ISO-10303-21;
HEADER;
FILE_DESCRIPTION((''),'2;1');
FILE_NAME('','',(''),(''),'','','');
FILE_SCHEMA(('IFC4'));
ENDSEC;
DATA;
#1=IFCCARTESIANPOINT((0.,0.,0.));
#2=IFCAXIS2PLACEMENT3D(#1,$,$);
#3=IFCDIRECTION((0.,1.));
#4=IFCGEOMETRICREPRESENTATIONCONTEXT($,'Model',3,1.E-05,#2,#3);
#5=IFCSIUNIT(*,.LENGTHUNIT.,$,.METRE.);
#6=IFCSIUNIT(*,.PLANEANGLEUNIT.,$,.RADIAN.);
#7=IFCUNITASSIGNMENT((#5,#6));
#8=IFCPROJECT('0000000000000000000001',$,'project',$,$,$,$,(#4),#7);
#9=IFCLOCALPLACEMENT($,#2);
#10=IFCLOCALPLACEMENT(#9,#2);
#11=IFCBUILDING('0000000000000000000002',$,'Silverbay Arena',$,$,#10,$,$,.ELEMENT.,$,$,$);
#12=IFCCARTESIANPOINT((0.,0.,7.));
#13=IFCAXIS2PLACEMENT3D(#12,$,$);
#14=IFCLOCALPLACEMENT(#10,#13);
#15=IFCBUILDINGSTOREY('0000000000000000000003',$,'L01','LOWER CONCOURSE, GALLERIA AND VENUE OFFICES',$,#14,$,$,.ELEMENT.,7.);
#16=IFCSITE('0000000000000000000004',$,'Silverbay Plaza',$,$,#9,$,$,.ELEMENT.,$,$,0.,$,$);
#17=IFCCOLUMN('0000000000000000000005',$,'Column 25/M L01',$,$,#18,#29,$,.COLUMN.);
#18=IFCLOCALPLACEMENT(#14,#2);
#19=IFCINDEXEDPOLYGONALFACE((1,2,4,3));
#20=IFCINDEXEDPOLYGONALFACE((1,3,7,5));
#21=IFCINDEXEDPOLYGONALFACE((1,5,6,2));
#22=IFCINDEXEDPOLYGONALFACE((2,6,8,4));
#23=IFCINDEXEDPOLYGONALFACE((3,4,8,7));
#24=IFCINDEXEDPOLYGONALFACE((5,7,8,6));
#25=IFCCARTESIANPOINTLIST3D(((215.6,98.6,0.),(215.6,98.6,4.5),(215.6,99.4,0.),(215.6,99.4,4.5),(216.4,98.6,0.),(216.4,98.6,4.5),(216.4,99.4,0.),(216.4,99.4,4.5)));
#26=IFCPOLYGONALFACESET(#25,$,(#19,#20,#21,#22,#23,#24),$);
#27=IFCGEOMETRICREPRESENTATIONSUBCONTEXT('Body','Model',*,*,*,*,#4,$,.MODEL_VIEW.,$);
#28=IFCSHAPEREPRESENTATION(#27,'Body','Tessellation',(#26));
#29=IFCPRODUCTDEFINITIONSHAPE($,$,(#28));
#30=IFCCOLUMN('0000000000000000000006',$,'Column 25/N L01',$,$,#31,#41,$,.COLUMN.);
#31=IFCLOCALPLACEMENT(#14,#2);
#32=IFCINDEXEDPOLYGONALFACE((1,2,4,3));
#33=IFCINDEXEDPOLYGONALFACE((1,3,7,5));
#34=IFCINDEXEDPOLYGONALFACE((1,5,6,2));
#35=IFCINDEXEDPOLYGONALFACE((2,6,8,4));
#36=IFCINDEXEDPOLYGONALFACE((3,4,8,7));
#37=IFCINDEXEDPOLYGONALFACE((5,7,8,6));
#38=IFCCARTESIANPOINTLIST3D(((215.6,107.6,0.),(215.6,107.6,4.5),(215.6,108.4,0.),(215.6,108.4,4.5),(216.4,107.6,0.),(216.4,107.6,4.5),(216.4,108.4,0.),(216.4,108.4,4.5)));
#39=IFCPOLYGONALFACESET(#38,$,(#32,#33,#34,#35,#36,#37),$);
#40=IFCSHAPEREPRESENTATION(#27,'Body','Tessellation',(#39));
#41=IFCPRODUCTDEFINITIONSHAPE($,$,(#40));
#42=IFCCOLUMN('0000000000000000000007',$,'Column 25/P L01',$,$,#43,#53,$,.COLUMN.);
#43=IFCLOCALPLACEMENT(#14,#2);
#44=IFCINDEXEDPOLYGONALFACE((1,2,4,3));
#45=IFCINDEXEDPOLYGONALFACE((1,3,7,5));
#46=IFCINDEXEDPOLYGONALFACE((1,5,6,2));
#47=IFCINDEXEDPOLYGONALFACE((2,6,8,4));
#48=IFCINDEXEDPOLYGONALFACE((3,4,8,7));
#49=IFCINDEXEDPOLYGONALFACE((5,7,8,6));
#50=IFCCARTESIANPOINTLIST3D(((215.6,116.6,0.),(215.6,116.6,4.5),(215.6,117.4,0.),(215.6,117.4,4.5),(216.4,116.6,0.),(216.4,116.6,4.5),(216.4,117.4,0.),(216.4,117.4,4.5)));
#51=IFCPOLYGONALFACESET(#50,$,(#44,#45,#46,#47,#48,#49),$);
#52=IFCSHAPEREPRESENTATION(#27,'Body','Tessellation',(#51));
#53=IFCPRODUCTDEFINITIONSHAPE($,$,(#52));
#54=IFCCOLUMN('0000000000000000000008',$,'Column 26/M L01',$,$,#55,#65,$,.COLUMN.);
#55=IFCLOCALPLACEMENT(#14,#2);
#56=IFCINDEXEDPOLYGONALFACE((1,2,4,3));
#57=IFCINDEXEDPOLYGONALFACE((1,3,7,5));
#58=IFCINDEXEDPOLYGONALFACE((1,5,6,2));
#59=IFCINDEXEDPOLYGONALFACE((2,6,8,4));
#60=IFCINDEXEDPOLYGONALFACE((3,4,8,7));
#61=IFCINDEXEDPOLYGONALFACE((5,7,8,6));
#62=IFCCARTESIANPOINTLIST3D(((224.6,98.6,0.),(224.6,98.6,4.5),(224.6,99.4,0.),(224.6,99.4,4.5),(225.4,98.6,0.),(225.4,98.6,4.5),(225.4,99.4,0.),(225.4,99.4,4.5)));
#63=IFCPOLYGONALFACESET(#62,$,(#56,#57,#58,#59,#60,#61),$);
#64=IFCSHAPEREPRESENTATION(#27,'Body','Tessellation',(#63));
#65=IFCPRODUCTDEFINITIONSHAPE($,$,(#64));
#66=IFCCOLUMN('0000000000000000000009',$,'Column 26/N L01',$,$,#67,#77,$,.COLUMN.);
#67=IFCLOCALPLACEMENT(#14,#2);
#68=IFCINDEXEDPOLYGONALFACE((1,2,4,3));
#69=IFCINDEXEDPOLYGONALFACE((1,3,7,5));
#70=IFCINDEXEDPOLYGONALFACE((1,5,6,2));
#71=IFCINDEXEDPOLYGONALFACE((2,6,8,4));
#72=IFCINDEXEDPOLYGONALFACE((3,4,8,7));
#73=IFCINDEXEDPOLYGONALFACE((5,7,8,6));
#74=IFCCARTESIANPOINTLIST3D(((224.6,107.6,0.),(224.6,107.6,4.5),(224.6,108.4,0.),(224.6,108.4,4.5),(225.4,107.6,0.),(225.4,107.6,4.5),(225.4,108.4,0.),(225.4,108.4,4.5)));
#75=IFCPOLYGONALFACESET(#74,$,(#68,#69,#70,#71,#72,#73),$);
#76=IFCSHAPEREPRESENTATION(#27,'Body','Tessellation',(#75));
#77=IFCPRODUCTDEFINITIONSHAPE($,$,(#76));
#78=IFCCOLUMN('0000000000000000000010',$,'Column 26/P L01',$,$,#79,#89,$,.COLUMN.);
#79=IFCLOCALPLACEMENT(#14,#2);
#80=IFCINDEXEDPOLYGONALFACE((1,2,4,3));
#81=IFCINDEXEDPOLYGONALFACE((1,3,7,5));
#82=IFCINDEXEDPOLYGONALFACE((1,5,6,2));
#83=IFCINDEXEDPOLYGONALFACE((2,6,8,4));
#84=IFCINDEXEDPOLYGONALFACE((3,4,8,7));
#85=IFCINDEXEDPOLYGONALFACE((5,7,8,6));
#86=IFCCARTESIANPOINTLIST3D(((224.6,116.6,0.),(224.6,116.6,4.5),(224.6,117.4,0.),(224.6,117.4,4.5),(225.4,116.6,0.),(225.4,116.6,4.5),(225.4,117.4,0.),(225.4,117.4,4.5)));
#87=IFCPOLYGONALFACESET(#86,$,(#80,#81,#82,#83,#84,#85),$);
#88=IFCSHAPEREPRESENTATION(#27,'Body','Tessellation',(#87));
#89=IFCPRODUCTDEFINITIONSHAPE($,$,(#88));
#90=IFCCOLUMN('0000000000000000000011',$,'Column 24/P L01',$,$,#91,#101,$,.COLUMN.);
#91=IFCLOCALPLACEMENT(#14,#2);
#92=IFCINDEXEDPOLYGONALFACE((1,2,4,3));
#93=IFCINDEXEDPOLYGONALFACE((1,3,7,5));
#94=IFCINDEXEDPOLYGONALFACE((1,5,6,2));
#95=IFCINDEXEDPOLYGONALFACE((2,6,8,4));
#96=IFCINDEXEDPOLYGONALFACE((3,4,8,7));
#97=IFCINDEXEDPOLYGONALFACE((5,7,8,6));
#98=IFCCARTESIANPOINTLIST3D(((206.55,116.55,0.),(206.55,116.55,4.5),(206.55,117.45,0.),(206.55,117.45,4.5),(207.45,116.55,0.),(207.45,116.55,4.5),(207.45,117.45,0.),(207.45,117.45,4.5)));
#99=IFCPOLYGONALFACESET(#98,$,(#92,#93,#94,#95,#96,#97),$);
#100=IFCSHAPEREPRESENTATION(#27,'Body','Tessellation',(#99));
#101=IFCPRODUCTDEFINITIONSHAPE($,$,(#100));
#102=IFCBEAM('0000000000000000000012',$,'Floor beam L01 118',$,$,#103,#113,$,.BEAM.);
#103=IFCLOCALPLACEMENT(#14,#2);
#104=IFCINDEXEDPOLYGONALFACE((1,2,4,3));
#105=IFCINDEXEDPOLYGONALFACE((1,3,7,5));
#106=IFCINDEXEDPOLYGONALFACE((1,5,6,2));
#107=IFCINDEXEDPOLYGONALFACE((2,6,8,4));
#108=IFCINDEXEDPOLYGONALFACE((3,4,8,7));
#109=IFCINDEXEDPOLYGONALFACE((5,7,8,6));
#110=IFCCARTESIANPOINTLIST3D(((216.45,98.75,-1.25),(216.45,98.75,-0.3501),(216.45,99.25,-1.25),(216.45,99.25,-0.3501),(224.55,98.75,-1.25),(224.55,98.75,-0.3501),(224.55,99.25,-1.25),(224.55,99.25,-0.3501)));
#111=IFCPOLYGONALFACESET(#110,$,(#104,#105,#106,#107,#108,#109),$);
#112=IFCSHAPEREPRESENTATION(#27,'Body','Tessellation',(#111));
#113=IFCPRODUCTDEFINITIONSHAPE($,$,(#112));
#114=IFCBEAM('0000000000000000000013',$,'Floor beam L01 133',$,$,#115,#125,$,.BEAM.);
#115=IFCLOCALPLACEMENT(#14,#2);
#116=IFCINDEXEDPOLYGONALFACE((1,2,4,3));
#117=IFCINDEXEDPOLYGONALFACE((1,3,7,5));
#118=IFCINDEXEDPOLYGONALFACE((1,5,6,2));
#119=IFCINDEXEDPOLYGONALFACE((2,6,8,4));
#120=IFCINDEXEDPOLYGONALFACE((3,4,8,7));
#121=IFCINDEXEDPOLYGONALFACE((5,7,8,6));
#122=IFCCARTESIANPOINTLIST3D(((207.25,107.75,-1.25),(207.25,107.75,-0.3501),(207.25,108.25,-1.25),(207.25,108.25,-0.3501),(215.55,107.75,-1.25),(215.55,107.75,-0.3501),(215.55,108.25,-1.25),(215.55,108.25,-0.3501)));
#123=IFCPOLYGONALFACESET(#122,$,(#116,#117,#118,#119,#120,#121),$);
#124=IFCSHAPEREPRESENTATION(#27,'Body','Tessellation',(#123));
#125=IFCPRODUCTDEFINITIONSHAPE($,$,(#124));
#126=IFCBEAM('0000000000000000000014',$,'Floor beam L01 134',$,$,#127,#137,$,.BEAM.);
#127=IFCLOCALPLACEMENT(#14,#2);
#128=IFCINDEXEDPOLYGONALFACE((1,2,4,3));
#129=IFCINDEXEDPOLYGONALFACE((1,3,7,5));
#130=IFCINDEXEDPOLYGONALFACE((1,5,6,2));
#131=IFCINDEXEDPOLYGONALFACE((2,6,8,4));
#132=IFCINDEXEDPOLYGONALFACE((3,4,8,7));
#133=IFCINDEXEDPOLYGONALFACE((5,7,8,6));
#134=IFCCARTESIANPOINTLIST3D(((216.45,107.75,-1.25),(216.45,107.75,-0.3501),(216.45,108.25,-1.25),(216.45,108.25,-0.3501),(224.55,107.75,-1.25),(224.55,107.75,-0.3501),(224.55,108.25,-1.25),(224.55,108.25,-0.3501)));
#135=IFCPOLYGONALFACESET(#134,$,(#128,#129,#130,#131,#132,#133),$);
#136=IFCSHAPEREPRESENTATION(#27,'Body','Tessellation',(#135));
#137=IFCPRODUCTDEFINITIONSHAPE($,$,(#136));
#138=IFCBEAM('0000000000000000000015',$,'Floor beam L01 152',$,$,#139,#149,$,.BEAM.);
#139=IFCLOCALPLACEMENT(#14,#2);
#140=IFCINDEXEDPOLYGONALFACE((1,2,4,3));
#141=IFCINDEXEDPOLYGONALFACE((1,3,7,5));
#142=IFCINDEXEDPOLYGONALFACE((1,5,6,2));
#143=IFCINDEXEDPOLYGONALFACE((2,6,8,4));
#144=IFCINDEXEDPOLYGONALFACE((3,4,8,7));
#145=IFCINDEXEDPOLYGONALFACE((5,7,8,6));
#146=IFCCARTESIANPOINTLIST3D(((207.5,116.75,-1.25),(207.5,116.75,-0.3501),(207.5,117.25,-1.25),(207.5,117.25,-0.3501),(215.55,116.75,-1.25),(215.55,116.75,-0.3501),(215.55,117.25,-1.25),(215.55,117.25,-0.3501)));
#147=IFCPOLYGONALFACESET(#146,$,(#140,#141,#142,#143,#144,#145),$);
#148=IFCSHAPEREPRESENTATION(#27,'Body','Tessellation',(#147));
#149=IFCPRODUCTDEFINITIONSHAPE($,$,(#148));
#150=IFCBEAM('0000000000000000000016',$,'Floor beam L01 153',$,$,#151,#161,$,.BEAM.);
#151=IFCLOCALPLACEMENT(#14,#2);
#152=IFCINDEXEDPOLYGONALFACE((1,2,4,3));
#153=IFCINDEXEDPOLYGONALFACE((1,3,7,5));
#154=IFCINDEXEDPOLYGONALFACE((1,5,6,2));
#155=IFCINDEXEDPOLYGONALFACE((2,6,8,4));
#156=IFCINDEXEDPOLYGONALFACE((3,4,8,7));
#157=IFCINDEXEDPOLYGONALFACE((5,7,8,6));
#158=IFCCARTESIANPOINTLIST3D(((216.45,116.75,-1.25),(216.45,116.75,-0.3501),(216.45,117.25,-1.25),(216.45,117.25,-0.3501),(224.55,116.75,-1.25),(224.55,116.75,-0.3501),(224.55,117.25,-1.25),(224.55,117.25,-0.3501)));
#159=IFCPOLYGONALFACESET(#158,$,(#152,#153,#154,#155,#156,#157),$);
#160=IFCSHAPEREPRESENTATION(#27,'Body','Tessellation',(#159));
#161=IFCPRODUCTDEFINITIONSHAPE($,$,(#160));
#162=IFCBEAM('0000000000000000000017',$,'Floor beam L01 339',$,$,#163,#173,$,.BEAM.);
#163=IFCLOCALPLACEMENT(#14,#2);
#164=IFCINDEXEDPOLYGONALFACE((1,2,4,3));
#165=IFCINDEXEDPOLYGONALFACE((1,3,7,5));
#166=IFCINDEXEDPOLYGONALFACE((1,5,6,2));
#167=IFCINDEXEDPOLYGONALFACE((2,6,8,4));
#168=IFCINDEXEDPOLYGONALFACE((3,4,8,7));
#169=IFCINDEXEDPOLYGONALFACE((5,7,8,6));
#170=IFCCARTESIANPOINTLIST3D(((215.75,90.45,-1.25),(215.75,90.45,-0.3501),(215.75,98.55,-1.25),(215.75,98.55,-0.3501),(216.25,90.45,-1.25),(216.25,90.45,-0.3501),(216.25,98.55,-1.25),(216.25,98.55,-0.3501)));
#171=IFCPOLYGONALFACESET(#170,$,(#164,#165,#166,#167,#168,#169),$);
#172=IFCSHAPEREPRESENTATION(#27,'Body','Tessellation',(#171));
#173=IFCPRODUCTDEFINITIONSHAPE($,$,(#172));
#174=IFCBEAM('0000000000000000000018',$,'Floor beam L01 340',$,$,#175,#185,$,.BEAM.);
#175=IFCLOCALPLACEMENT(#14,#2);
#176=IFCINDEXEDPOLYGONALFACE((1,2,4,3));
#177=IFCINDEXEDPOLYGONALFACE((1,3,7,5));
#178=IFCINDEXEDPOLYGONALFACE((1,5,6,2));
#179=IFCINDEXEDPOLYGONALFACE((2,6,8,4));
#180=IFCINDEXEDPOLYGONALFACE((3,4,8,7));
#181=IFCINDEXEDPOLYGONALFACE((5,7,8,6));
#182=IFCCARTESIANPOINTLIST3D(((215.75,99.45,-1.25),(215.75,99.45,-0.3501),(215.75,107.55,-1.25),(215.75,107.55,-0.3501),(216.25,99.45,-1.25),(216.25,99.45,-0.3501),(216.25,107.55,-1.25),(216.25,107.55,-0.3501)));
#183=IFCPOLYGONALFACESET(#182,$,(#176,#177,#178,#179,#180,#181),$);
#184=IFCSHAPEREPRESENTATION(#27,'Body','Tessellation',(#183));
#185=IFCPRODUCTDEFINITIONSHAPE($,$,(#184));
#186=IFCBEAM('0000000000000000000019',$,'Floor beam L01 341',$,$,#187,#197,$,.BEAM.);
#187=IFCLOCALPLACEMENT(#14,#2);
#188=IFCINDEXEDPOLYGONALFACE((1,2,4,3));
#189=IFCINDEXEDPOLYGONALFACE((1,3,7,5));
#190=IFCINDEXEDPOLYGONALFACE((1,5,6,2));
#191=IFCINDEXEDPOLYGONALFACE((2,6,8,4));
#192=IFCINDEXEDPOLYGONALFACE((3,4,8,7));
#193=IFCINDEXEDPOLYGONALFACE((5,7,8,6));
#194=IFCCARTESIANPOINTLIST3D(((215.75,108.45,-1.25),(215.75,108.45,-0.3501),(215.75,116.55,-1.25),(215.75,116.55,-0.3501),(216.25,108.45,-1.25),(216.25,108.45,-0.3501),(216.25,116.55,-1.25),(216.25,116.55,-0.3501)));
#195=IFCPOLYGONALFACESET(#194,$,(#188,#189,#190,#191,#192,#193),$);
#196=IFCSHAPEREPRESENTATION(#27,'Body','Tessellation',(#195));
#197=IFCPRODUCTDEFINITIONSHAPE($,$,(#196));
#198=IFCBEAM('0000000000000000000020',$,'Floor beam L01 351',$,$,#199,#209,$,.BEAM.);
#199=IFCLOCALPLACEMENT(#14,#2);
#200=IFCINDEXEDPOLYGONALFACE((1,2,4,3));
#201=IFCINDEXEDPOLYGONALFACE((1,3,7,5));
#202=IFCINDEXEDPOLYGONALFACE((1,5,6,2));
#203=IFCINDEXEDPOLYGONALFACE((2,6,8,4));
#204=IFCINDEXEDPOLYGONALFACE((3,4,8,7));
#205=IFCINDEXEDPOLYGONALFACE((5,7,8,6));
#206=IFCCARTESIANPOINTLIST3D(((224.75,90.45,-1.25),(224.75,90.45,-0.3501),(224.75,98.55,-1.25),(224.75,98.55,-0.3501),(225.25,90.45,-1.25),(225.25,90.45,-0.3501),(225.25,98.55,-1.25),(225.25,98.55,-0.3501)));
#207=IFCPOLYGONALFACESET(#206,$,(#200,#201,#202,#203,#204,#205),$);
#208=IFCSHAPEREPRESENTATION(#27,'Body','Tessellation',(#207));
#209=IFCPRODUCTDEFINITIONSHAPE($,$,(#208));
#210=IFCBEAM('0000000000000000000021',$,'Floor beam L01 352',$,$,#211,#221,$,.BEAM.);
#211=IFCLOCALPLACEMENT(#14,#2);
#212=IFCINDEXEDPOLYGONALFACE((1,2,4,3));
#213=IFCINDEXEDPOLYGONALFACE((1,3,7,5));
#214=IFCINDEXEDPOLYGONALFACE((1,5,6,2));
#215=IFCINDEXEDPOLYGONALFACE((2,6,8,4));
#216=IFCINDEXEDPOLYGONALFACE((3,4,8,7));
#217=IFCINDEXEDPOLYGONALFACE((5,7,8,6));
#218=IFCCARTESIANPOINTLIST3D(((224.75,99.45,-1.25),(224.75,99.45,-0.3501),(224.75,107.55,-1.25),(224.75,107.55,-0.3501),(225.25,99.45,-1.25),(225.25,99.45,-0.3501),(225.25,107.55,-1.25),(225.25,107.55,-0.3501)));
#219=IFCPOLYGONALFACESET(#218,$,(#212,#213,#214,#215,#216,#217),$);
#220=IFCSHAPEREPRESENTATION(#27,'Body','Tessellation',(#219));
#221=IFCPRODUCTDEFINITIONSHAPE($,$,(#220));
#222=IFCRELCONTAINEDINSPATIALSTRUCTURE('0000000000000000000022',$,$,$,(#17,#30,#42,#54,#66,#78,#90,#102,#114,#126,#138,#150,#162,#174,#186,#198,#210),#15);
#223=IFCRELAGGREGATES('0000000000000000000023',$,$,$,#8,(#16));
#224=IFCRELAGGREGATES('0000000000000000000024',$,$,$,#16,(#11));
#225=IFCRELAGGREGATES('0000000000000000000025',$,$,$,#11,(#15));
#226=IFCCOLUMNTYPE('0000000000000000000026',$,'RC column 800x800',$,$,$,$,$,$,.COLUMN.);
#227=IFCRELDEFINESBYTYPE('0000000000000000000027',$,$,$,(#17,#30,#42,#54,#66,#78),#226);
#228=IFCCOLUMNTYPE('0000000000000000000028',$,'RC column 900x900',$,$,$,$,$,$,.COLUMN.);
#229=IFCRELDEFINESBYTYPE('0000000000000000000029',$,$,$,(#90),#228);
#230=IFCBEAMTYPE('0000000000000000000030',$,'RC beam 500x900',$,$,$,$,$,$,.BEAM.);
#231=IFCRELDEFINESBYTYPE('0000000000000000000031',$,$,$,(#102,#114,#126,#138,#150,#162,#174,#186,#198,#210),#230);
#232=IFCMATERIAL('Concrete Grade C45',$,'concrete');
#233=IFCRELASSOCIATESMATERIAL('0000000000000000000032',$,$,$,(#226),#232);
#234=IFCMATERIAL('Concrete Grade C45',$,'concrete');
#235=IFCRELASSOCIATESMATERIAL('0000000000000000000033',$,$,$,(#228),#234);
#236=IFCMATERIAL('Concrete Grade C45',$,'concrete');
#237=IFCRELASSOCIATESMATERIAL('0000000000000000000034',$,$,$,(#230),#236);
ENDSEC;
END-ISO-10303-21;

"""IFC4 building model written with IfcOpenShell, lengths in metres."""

from ifc_helpers import new_model, si_unit, direction, frame, origin, origin_2d, place, context, subcontext, project, spatial, rectangle, extrude, material, material_profile, profile_set, type_object, element, save


model = new_model("IFC4")

# Units and contexts
model_context = context("Model", 3, precision=1e-05, world=origin(), true_north=direction((0.0, 1.0)))
body_context = subcontext(model_context, "Body", "Model", "MODEL_VIEW")
ifc_project = project(units=[si_unit("LENGTHUNIT", "METRE"), si_unit("PLANEANGLEUNIT", "RADIAN")], contexts=[model_context])

# Site, building, storey
site_placement = place(None, origin())
site = spatial("IfcSite", under=ifc_project, at=site_placement, Name="Silverbay Plaza", CompositionType="ELEMENT", RefElevation=0.0)
building_placement = place(site_placement, origin())
building = spatial("IfcBuilding", under=site, at=building_placement, Name="Silverbay Arena", CompositionType="ELEMENT")
storey_placement = place(building_placement, frame((0.0, 0.0, 7.0)))
storey = spatial("IfcBuildingStorey", under=building, at=storey_placement, Name="L01", Description="LOWER CONCOURSE, GALLERIA AND VENUE OFFICES", CompositionType="ELEMENT", Elevation=7.0)

# Columns
ifc_material_1 = material(Name="Concrete Grade C45", Category="concrete")
ifc_material_profile_1 = material_profile(ifc_material_1, rectangle(XDim=0.8, YDim=0.8, at=origin_2d()), Name="RC 800x800")
ifc_profile_set_1 = profile_set([ifc_material_profile_1], Name="Concrete Grade C45")
column_type_1 = type_object("IfcColumnType", Name="RC column 800x800", PredefinedType="COLUMN", material=ifc_profile_set_1)
for number, where, z_axis, x_axis, name in (
    (1, (216.0, 99.0, 0.0), (0.0, 0.0, 1.0), (1.0, 0.0, 0.0), "Column 25/M L01"),
    (2, (216.0, 108.0, 0.0), (0.0, 0.0, 1.0), (1.0, 0.0, 0.0), "Column 25/N L01"),
    (3, (216.0, 117.0, 0.0), (0.0, 0.0, 1.0), (1.0, 0.0, 0.0), "Column 25/P L01"),
    (4, (225.0, 99.0, 0.0), (0.0, 0.0, 1.0), (1.0, 0.0, 0.0), "Column 26/M L01"),
    (5, (225.0, 108.0, 0.0), (0.0, 0.0, 1.0), (1.0, 0.0, 0.0), "Column 26/N L01"),
    (6, (225.0, 117.0, 0.0), (0.0, 0.0, 1.0), (1.0, 0.0, 0.0), "Column 26/P L01"),
):
    element("IfcColumn", number, at=place(storey_placement, frame(where, z_axis=z_axis, x_axis=x_axis)), inside=storey, type_object=column_type_1, Name=name, PredefinedType="COLUMN", context=body_context, shape_type="SweptSolid", body=[
        extrude(rectangle(XDim=0.8, YDim=0.8, at=origin_2d()), origin(), (0.0, 0.0, 1.0), 4.5),
    ])
ifc_material_2 = material(Name="Concrete Grade C45", Category="concrete")
ifc_material_profile_2 = material_profile(ifc_material_2, rectangle(XDim=0.8999, YDim=0.8999, at=origin_2d()), Name="RC 900x900")
ifc_profile_set_2 = profile_set([ifc_material_profile_2], Name="Concrete Grade C45")
column_type_2 = type_object("IfcColumnType", Name="RC column 900x900", PredefinedType="COLUMN", material=ifc_profile_set_2)
column_placement = place(storey_placement, frame((207.0, 117.0, 0.0), z_axis=(0.0, 0.0, 1.0), x_axis=(1.0, 0.0, 0.0)))
element("IfcColumn", 7, at=column_placement, inside=storey, type_object=column_type_2, Name="Column 24/P L01", PredefinedType="COLUMN", context=body_context, shape_type="SweptSolid", body=[
    extrude(rectangle(XDim=0.8999, YDim=0.8999, at=origin_2d()), origin(), (0.0, 0.0, 1.0), 4.5),
])

# Beams
ifc_material_3 = material(Name="Concrete Grade C45", Category="concrete")
ifc_material_profile_3 = material_profile(ifc_material_3, rectangle(XDim=0.5, YDim=0.8999, at=origin_2d()), Name="RC 500x900")
ifc_profile_set_3 = profile_set([ifc_material_profile_3], Name="Concrete Grade C45")
beam_type = type_object("IfcBeamType", Name="RC beam 500x900", PredefinedType="BEAM", material=ifc_profile_set_3)
beam_1_placement = place(storey_placement, frame((216.45, 99.0, -0.8), z_axis=(1.0, 0.0, 0.0), x_axis=(0.0, 1.0, 0.0)))
element("IfcBeam", 8, at=beam_1_placement, inside=storey, type_object=beam_type, Name="Floor beam L01 118", PredefinedType="BEAM", context=body_context, shape_type="SweptSolid", body=[
    extrude(rectangle(XDim=0.5, YDim=0.8999, at=origin_2d()), origin(), (0.0, 0.0, 1.0), 8.1001),
])
beam_2_placement = place(storey_placement, frame((207.25, 108.0, -0.8), z_axis=(1.0, 0.0, 0.0), x_axis=(0.0, 1.0, 0.0)))
element("IfcBeam", 9, at=beam_2_placement, inside=storey, type_object=beam_type, Name="Floor beam L01 133", PredefinedType="BEAM", context=body_context, shape_type="SweptSolid", body=[
    extrude(rectangle(XDim=0.5, YDim=0.8999, at=origin_2d()), origin(), (0.0, 0.0, 1.0), 8.3),
])
beam_3_placement = place(storey_placement, frame((216.45, 108.0, -0.8), z_axis=(1.0, 0.0, 0.0), x_axis=(0.0, 1.0, 0.0)))
element("IfcBeam", 10, at=beam_3_placement, inside=storey, type_object=beam_type, Name="Floor beam L01 134", PredefinedType="BEAM", context=body_context, shape_type="SweptSolid", body=[
    extrude(rectangle(XDim=0.5, YDim=0.8999, at=origin_2d()), origin(), (0.0, 0.0, 1.0), 8.1001),
])
beam_4_placement = place(storey_placement, frame((207.5, 117.0, -0.8), z_axis=(1.0, 0.0, 0.0), x_axis=(0.0, 1.0, 0.0)))
element("IfcBeam", 11, at=beam_4_placement, inside=storey, type_object=beam_type, Name="Floor beam L01 152", PredefinedType="BEAM", context=body_context, shape_type="SweptSolid", body=[
    extrude(rectangle(XDim=0.5, YDim=0.8999, at=origin_2d()), origin(), (0.0, 0.0, 1.0), 8.05),
])
for number, where, z_axis, x_axis, name in (
    (12, (216.45, 117.0, -0.8), (1.0, 0.0, 0.0), (0.0, 1.0, 0.0), "Floor beam L01 153"),
    (13, (216.0, 90.45, -0.8), (0.0, 1.0, 0.0), (-1.0, 0.0, 0.0), "Floor beam L01 339"),
    (14, (216.0, 99.45, -0.8), (0.0, 1.0, 0.0), (-1.0, 0.0, 0.0), "Floor beam L01 340"),
    (15, (216.0, 108.45, -0.8), (0.0, 1.0, 0.0), (-1.0, 0.0, 0.0), "Floor beam L01 341"),
    (16, (225.0, 90.45, -0.8), (0.0, 1.0, 0.0), (-1.0, 0.0, 0.0), "Floor beam L01 351"),
    (17, (225.0, 99.45, -0.8), (0.0, 1.0, 0.0), (-1.0, 0.0, 0.0), "Floor beam L01 352"),
):
    element("IfcBeam", number, at=place(storey_placement, frame(where, z_axis=z_axis, x_axis=x_axis)), inside=storey, type_object=beam_type, Name=name, PredefinedType="BEAM", context=body_context, shape_type="SweptSolid", body=[
        extrude(rectangle(XDim=0.5, YDim=0.8999, at=origin_2d()), origin(), (0.0, 0.0, 1.0), 8.1001),
    ])

save(model, "model.ifc")
